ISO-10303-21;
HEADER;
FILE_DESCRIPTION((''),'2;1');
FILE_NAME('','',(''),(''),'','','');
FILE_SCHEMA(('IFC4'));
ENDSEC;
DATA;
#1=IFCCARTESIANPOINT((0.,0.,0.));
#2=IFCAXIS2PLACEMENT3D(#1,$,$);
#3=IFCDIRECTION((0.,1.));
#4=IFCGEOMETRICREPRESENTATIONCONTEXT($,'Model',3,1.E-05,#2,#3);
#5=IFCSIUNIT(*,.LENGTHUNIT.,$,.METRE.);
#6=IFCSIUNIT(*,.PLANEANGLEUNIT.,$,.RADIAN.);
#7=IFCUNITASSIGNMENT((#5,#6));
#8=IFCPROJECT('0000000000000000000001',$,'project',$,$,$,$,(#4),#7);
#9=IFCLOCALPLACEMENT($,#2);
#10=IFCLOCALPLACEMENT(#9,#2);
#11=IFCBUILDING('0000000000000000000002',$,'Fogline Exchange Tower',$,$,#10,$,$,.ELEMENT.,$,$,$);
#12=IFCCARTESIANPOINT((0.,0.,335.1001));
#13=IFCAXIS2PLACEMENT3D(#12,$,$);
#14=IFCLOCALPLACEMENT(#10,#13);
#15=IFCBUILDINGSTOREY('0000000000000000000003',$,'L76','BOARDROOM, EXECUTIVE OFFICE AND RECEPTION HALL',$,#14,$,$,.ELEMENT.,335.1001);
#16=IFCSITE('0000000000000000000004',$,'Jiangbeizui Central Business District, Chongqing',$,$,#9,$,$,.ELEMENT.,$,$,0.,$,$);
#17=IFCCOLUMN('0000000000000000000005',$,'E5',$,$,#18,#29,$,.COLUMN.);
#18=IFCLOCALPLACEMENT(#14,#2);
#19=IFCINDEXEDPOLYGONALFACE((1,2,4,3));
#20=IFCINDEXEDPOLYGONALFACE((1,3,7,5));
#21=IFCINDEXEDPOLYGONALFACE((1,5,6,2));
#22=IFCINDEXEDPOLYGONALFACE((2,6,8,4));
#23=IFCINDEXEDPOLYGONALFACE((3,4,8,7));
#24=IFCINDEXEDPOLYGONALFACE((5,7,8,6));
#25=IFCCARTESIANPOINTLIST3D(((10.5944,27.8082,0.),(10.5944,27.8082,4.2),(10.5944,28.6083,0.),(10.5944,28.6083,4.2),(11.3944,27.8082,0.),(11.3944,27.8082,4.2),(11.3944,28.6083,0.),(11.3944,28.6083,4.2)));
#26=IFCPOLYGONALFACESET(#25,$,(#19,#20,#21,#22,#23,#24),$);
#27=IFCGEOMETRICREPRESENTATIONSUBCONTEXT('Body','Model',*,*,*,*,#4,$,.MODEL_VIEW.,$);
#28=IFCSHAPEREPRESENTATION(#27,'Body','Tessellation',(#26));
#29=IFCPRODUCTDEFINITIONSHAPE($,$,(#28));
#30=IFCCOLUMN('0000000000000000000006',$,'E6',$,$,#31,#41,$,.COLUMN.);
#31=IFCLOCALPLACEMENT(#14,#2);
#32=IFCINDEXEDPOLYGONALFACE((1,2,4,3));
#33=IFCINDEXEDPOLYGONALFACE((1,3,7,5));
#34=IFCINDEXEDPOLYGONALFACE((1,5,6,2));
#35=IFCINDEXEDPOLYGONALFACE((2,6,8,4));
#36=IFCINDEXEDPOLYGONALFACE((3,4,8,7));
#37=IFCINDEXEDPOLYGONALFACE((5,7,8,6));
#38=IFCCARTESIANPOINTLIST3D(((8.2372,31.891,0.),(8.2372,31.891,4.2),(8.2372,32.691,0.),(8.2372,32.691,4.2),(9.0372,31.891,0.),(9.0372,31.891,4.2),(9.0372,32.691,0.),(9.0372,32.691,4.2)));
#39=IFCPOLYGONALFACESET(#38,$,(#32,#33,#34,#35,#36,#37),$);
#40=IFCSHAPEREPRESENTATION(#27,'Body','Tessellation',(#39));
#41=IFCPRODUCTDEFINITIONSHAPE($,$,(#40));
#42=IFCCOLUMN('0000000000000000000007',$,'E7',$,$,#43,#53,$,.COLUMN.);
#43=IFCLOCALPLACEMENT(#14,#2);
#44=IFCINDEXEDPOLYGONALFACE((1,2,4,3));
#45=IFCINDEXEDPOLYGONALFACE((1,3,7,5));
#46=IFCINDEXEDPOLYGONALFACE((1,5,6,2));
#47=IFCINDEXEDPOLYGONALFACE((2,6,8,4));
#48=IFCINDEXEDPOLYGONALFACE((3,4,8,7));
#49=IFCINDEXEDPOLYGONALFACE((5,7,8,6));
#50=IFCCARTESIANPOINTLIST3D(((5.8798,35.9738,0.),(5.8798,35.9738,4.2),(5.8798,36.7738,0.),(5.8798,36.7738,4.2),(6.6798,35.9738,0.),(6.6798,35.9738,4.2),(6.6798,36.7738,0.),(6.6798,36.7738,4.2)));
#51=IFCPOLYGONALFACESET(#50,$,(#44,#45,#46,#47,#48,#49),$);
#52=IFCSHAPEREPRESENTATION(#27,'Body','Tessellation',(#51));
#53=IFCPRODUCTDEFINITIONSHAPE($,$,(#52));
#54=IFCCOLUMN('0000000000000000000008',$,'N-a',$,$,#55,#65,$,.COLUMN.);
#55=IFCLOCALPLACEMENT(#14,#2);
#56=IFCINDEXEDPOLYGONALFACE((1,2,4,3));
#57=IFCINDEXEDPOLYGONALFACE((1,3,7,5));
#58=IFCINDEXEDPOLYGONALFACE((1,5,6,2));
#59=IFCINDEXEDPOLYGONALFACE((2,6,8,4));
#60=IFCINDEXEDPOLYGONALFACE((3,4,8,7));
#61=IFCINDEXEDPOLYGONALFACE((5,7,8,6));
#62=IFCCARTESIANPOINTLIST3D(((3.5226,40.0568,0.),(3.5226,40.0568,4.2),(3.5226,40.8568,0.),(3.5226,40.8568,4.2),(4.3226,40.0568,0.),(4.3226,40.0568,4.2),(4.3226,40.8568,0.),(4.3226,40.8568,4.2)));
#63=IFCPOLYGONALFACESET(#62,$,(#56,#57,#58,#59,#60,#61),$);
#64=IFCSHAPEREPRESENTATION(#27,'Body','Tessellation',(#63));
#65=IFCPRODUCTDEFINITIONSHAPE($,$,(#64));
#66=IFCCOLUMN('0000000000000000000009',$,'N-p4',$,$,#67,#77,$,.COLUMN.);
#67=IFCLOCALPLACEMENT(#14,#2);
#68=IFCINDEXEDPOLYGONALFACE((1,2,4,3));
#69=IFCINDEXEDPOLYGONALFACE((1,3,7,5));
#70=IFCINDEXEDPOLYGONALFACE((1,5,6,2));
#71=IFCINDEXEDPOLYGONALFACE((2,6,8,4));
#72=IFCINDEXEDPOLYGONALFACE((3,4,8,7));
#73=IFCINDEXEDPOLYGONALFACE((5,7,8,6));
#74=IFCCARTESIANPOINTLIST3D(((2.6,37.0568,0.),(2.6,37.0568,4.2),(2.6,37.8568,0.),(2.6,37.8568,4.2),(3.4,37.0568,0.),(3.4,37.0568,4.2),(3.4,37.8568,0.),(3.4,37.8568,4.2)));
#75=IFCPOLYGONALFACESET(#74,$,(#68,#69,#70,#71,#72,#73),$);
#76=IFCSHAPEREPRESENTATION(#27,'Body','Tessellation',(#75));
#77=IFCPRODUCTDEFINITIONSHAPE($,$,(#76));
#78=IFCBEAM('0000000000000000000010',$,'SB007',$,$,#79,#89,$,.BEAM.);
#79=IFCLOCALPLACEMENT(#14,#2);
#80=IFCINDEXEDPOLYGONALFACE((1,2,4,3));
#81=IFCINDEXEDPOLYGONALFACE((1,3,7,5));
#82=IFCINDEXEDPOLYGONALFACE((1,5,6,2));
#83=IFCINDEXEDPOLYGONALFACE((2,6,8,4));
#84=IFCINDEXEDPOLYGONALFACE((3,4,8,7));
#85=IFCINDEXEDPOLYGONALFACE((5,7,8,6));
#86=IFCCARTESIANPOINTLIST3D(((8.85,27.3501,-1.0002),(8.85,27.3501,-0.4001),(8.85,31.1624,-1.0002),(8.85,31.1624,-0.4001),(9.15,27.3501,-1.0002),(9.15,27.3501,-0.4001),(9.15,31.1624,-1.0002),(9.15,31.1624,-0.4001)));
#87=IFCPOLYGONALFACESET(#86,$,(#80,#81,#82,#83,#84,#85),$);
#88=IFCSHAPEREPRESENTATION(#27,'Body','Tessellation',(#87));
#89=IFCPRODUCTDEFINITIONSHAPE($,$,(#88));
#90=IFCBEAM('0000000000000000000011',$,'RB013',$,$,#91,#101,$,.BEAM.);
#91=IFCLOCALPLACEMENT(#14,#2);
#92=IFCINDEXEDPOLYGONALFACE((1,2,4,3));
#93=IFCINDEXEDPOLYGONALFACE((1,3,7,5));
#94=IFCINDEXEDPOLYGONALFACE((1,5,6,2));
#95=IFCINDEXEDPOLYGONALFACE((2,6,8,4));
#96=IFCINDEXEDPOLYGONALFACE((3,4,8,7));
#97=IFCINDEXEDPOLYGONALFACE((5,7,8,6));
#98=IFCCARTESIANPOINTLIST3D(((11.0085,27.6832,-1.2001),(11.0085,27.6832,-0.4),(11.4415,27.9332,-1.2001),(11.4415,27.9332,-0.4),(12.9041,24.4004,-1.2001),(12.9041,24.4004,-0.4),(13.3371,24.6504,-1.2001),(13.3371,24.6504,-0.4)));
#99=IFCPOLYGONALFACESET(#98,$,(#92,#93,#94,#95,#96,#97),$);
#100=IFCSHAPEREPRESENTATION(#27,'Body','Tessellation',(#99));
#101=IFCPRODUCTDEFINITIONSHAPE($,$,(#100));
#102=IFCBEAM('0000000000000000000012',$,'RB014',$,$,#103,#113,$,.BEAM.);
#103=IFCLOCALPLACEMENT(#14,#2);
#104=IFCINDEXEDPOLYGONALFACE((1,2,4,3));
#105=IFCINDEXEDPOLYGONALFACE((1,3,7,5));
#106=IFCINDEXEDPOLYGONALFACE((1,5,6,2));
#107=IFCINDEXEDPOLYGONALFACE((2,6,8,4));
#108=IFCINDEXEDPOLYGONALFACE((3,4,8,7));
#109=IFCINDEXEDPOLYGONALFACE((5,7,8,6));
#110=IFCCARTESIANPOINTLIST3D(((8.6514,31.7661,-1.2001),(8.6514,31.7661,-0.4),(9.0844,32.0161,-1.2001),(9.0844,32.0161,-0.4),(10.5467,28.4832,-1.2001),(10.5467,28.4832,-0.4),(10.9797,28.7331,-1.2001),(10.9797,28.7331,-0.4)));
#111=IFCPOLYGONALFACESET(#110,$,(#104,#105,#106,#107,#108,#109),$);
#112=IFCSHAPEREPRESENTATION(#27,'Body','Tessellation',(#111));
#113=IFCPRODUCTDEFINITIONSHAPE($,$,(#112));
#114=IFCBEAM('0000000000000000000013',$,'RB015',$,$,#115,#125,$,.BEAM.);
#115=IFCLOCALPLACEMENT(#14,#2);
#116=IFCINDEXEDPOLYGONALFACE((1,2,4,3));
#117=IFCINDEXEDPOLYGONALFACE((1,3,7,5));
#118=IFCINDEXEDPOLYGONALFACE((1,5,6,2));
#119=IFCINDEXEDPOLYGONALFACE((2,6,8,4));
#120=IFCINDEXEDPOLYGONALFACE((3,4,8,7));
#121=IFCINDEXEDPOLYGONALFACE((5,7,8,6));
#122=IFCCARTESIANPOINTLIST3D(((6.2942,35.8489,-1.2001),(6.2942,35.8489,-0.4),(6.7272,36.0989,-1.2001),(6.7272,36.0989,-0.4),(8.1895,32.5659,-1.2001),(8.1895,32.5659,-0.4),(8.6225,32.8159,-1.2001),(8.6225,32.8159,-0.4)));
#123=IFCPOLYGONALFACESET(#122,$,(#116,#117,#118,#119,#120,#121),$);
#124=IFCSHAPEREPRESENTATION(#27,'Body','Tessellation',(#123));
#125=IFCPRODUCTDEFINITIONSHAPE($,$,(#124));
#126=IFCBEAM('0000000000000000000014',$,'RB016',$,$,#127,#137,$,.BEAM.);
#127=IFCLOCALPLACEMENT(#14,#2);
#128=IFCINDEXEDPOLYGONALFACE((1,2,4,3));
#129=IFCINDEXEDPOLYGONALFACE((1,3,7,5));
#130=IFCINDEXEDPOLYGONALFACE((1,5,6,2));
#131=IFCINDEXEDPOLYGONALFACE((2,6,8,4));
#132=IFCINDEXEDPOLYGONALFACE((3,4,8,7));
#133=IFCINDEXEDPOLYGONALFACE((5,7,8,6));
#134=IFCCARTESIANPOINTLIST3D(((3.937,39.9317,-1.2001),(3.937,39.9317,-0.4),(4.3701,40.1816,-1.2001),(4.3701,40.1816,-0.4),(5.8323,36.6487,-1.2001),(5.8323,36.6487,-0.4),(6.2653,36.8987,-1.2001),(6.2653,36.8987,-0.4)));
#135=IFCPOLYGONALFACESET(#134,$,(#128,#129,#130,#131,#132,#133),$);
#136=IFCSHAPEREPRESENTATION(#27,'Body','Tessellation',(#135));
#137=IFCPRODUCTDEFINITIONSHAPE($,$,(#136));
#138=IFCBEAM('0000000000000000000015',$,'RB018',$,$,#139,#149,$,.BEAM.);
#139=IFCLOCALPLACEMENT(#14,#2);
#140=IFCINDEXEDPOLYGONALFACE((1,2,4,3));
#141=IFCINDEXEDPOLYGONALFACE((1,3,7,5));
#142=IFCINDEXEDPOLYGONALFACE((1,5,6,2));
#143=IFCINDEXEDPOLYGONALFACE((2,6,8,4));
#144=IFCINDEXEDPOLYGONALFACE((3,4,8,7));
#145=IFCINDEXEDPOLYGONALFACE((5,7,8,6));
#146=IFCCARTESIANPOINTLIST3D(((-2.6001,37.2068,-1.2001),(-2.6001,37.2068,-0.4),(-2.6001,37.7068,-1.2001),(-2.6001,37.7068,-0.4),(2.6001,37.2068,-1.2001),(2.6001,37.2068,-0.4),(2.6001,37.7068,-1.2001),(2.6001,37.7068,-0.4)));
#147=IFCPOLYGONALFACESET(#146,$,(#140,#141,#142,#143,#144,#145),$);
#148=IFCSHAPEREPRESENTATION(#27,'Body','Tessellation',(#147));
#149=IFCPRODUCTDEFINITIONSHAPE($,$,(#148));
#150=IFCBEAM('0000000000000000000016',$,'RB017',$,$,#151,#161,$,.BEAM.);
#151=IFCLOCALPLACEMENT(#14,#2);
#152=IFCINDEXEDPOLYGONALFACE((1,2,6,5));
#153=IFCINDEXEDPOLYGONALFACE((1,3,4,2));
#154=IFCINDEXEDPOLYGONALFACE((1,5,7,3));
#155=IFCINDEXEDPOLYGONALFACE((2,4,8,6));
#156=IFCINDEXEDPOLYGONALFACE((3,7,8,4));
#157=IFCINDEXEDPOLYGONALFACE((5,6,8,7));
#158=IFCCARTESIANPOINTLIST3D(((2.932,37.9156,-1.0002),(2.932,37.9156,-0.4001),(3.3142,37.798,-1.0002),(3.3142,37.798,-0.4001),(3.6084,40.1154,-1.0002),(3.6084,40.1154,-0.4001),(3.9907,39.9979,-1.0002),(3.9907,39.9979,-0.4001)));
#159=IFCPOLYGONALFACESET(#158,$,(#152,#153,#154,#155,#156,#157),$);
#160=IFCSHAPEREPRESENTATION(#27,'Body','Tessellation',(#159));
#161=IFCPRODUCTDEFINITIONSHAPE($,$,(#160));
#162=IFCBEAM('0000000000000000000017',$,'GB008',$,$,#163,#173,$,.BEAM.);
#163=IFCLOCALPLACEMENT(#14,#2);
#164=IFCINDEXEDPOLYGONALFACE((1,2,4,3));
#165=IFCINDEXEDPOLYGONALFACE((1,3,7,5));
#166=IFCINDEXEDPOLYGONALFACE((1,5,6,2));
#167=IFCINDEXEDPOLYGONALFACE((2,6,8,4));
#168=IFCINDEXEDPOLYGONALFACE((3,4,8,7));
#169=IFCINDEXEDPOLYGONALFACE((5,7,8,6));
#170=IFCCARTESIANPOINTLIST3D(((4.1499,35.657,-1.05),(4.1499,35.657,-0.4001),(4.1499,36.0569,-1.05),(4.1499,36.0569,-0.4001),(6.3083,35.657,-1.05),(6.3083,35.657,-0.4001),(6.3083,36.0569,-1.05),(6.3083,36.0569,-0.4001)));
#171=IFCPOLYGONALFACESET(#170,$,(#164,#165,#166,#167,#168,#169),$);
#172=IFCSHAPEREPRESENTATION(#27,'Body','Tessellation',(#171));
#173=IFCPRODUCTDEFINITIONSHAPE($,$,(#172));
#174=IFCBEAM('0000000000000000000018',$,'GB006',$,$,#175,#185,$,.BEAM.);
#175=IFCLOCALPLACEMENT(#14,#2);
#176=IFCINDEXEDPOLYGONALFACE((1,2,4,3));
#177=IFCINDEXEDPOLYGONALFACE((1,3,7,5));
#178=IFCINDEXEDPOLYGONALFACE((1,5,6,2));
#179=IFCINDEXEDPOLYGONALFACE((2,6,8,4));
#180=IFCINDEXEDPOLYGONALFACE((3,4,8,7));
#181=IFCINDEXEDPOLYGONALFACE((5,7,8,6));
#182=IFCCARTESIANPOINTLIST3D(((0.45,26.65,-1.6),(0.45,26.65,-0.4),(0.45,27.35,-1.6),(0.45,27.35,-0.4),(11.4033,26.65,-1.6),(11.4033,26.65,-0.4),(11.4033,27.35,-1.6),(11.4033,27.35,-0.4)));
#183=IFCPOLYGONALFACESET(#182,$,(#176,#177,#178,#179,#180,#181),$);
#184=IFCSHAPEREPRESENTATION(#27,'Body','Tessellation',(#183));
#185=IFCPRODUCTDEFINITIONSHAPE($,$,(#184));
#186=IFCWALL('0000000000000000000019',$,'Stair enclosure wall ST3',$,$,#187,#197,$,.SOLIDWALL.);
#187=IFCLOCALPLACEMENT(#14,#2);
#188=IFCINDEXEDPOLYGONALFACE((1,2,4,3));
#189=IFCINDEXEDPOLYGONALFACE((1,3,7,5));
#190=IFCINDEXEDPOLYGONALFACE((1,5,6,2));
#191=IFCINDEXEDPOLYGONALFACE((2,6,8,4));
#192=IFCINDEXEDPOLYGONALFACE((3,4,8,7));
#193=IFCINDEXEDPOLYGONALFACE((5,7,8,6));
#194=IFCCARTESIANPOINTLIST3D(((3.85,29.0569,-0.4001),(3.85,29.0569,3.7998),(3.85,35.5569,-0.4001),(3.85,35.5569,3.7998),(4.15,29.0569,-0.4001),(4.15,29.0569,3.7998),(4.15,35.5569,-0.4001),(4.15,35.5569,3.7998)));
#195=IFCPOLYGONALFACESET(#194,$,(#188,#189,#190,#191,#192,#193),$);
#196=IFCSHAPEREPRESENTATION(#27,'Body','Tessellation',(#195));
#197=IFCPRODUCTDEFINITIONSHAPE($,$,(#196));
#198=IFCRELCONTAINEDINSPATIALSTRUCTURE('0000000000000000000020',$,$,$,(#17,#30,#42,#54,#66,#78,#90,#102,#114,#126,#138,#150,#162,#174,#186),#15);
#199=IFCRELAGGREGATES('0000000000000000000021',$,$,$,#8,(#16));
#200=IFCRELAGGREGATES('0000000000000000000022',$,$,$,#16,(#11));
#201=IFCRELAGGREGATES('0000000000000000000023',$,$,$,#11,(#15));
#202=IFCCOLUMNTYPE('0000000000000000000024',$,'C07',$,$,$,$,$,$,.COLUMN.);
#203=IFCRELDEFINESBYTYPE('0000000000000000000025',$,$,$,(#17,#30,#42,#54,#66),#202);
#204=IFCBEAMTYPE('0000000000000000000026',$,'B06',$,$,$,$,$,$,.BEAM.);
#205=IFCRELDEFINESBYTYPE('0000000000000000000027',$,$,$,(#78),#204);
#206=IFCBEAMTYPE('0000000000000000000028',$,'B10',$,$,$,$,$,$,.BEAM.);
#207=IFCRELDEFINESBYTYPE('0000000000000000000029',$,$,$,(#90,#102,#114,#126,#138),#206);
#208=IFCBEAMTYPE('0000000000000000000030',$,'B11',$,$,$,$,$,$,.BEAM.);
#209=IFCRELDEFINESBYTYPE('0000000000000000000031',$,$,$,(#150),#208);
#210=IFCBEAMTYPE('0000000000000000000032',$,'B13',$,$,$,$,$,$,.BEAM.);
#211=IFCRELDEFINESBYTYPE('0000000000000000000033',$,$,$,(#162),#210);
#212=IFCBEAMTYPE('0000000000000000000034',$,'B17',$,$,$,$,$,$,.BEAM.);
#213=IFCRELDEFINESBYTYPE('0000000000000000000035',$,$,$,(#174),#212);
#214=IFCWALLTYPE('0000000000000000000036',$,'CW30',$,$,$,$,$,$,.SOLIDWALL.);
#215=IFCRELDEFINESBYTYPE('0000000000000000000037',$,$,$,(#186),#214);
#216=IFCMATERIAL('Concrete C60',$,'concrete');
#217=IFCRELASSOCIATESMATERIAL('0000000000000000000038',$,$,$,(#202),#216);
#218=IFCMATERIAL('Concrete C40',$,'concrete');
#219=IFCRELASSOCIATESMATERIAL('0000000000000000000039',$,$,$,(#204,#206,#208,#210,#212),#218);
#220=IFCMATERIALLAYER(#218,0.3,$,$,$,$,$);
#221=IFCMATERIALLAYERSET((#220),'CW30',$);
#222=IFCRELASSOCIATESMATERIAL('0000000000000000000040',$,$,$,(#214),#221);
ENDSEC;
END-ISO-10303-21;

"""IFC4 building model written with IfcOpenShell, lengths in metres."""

from ifc_helpers import new_model, si_unit, direction, frame, frame_2d, origin, origin_2d, place, context, subcontext, project, spatial, rectangle, extrude, material, layer, layer_set, material_profile, profile_set, type_object, element, save


model = new_model("IFC4")

# Units and contexts
model_context = context("Model", 3, precision=1e-05, world=origin(), true_north=direction((0.0, 1.0)))
body_context = subcontext(model_context, "Body", "Model", "MODEL_VIEW")
ifc_project = project(units=[si_unit("LENGTHUNIT", "METRE"), si_unit("PLANEANGLEUNIT", "RADIAN")], contexts=[model_context])

# Site, building, storey
site_placement = place(None, origin())
site = spatial("IfcSite", under=ifc_project, at=site_placement, Name="Jiangbeizui Central Business District, Chongqing", CompositionType="ELEMENT", RefElevation=0.0)
building_placement = place(site_placement, origin())
building = spatial("IfcBuilding", under=site, at=building_placement, Name="Fogline Exchange Tower", CompositionType="ELEMENT")
storey_placement = place(building_placement, frame((0.0, 0.0, 335.1001)))
storey = spatial("IfcBuildingStorey", under=building, at=storey_placement, Name="L76", Description="BOARDROOM, EXECUTIVE OFFICE AND RECEPTION HALL", CompositionType="ELEMENT", Elevation=335.1001)

# Columns
ifc_material_1 = material(Name="Concrete C60", Category="concrete")
ifc_material_profile_1 = material_profile(ifc_material_1, rectangle(XDim=0.8, YDim=0.8, at=origin_2d()), Name="RC 800x800")
ifc_profile_set_1 = profile_set([ifc_material_profile_1], Name="Concrete C60")
column_type = type_object("IfcColumnType", Name="C07", PredefinedType="COLUMN", material=ifc_profile_set_1)
for number, where, z_axis, x_axis, name in (
    (1, (10.9944, 28.2083, 0.0), (0.0, 0.0, 1.0), (1.0, 0.0, 0.0), "E5"),
    (2, (8.6372, 32.291, 0.0), (0.0, 0.0, 1.0), (1.0, 0.0, 0.0), "E6"),
    (3, (6.2798, 36.3738, 0.0), (0.0, 0.0, 1.0), (1.0, 0.0, 0.0), "E7"),
    (4, (3.9226, 40.4568, 0.0), (0.0, 0.0, 1.0), (1.0, 0.0, 0.0), "N-a"),
    (5, (3.0, 37.4568, 0.0), (0.0, 0.0, 1.0), (1.0, 0.0, 0.0), "N-p4"),
):
    element("IfcColumn", number, at=place(storey_placement, frame(where, z_axis=z_axis, x_axis=x_axis)), inside=storey, type_object=column_type, Name=name, PredefinedType="COLUMN", context=body_context, shape_type="SweptSolid", body=[
        extrude(rectangle(XDim=0.8, YDim=0.8, at=origin_2d()), origin(), (0.0, 0.0, 1.0), 4.2),
    ])

# Beams
ifc_material_2 = material(Name="Concrete C40", Category="concrete")
ifc_material_profile_2 = material_profile(ifc_material_2, rectangle(XDim=0.3, YDim=0.6001, at=origin_2d()), Name="RC 300x600")
ifc_profile_set_2 = profile_set([ifc_material_profile_2], Name="Concrete C40")
beam_type_1 = type_object("IfcBeamType", Name="B06", PredefinedType="BEAM", material=ifc_profile_set_2)
beam_1_placement = place(storey_placement, frame((9.0, 27.3501, -0.7002), z_axis=(0.0, 1.0, 0.0), x_axis=(-1.0, 0.0, 0.0)))
element("IfcBeam", 6, at=beam_1_placement, inside=storey, type_object=beam_type_1, Name="SB007", PredefinedType="BEAM", context=body_context, shape_type="SweptSolid", body=[
    extrude(rectangle(XDim=0.3, YDim=0.6001, at=origin_2d()), origin(), (0.0, 0.0, 1.0), 3.8123),
])
ifc_material_profile_3 = material_profile(ifc_material_2, rectangle(XDim=0.5, YDim=0.8, at=origin_2d()), Name="RC 500x800")
ifc_profile_set_3 = profile_set([ifc_material_profile_3], Name="Concrete C40")
beam_type_2 = type_object("IfcBeamType", Name="B10", PredefinedType="BEAM", material=ifc_profile_set_3)
for number, where, z_axis, x_axis, name in (
    (7, (13.1206, 24.5254, -0.8), (-0.500046, 0.865999, 0.0), (-0.865999, -0.500046, 0.0), "RB013"),
    (8, (10.7632, 28.6082, -0.8), (-0.49997, 0.866043, 0.0), (-0.866043, -0.49997, 0.0), "RB014"),
    (9, (8.406, 32.6909, -0.8), (-0.49997, 0.866043, 0.0), (-0.866043, -0.49997, 0.0), "RB015"),
    (10, (6.0488, 36.7737, -0.8), (-0.49997, 0.866043, 0.0), (-0.866043, -0.49997, 0.0), "RB016"),
):
    element("IfcBeam", number, at=place(storey_placement, frame(where, z_axis=z_axis, x_axis=x_axis)), inside=storey, type_object=beam_type_2, Name=name, PredefinedType="BEAM", context=body_context, shape_type="SweptSolid", body=[
        extrude(rectangle(XDim=0.5, YDim=0.8, at=origin_2d()), origin(), (0.0, 0.0, 1.0), 3.7908),
    ])
beam_2_placement = place(storey_placement, frame((2.6001, 37.4568, -0.8), z_axis=(-1.0, 0.0, 0.0), x_axis=(0.0, -1.0, 0.0)))
element("IfcBeam", 11, at=beam_2_placement, inside=storey, type_object=beam_type_2, Name="RB018", PredefinedType="BEAM", context=body_context, shape_type="SweptSolid", body=[
    extrude(rectangle(XDim=0.5, YDim=0.8, at=origin_2d()), origin(), (0.0, 0.0, 1.0), 5.2002),
])
ifc_material_profile_4 = material_profile(ifc_material_2, rectangle(XDim=0.3999, YDim=0.6001, at=origin_2d()), Name="RC 400x600")
ifc_profile_set_4 = profile_set([ifc_material_profile_4], Name="Concrete C40")
beam_type_3 = type_object("IfcBeamType", Name="B11", PredefinedType="BEAM", material=ifc_profile_set_4)
beam_3_placement = place(storey_placement, frame((3.7996, 40.0566, -0.7002), z_axis=(-0.293929, -0.955827, 0.0), x_axis=(0.955827, -0.293929, 0.0)))
element("IfcBeam", 12, at=beam_3_placement, inside=storey, type_object=beam_type_3, Name="RB017", PredefinedType="BEAM", context=body_context, shape_type="SweptSolid", body=[
    extrude(rectangle(XDim=0.3999, YDim=0.6001, at=origin_2d()), origin(), (0.0, 0.0, 1.0), 2.3015),
])
ifc_material_profile_5 = material_profile(ifc_material_2, rectangle(XDim=0.3999, YDim=0.6499, at=origin_2d()), Name="RC 400x650")
ifc_profile_set_5 = profile_set([ifc_material_profile_5], Name="Concrete C40")
beam_type_4 = type_object("IfcBeamType", Name="B13", PredefinedType="BEAM", material=ifc_profile_set_5)
beam_4_placement = place(storey_placement, frame((4.1499, 35.8569, -0.7251), z_axis=(1.0, 0.0, 0.0), x_axis=(0.0, 1.0, 0.0)))
element("IfcBeam", 13, at=beam_4_placement, inside=storey, type_object=beam_type_4, Name="GB008", PredefinedType="BEAM", context=body_context, shape_type="SweptSolid", body=[
    extrude(rectangle(XDim=0.3999, YDim=0.6499, at=origin_2d()), origin(), (0.0, 0.0, 1.0), 2.1584),
])
ifc_material_profile_6 = material_profile(ifc_material_2, rectangle(XDim=0.7, YDim=1.2, at=origin_2d()), Name="RC 700x1200")
ifc_profile_set_6 = profile_set([ifc_material_profile_6], Name="Concrete C40")
beam_type_5 = type_object("IfcBeamType", Name="B17", PredefinedType="BEAM", material=ifc_profile_set_6)
beam_5_placement = place(storey_placement, frame((0.45, 27.0, -1.0), z_axis=(1.0, 0.0, 0.0), x_axis=(0.0, 1.0, 0.0)))
element("IfcBeam", 14, at=beam_5_placement, inside=storey, type_object=beam_type_5, Name="GB006", PredefinedType="BEAM", context=body_context, shape_type="SweptSolid", body=[
    extrude(rectangle(XDim=0.7, YDim=1.2, at=origin_2d()), origin(), (0.0, 0.0, 1.0), 10.9534),
])

# Wall
ifc_layer_1 = layer(ifc_material_2, 0.3)
ifc_layer_set_1 = layer_set([ifc_layer_1], Name="CW30")
wall_type_1 = type_object("IfcWallType", Name="CW30", PredefinedType="SOLIDWALL", material=ifc_layer_set_1)
wall_1_placement = place(storey_placement, frame((4.0, 29.0569, -0.4001), z_axis=(0.0, 0.0, 1.0), x_axis=(0.0, 1.0, 0.0)))
element("IfcWall", 15, at=wall_1_placement, inside=storey, type_object=wall_type_1, Name="Stair enclosure wall ST3", PredefinedType="SOLIDWALL", context=body_context, shape_type="SweptSolid", body=[
    extrude(rectangle(XDim=6.5, YDim=0.3, at=frame_2d((3.25, 0.0))), origin(), (0.0, 0.0, 1.0), 4.2),
])

save(model, "model.ifc")
